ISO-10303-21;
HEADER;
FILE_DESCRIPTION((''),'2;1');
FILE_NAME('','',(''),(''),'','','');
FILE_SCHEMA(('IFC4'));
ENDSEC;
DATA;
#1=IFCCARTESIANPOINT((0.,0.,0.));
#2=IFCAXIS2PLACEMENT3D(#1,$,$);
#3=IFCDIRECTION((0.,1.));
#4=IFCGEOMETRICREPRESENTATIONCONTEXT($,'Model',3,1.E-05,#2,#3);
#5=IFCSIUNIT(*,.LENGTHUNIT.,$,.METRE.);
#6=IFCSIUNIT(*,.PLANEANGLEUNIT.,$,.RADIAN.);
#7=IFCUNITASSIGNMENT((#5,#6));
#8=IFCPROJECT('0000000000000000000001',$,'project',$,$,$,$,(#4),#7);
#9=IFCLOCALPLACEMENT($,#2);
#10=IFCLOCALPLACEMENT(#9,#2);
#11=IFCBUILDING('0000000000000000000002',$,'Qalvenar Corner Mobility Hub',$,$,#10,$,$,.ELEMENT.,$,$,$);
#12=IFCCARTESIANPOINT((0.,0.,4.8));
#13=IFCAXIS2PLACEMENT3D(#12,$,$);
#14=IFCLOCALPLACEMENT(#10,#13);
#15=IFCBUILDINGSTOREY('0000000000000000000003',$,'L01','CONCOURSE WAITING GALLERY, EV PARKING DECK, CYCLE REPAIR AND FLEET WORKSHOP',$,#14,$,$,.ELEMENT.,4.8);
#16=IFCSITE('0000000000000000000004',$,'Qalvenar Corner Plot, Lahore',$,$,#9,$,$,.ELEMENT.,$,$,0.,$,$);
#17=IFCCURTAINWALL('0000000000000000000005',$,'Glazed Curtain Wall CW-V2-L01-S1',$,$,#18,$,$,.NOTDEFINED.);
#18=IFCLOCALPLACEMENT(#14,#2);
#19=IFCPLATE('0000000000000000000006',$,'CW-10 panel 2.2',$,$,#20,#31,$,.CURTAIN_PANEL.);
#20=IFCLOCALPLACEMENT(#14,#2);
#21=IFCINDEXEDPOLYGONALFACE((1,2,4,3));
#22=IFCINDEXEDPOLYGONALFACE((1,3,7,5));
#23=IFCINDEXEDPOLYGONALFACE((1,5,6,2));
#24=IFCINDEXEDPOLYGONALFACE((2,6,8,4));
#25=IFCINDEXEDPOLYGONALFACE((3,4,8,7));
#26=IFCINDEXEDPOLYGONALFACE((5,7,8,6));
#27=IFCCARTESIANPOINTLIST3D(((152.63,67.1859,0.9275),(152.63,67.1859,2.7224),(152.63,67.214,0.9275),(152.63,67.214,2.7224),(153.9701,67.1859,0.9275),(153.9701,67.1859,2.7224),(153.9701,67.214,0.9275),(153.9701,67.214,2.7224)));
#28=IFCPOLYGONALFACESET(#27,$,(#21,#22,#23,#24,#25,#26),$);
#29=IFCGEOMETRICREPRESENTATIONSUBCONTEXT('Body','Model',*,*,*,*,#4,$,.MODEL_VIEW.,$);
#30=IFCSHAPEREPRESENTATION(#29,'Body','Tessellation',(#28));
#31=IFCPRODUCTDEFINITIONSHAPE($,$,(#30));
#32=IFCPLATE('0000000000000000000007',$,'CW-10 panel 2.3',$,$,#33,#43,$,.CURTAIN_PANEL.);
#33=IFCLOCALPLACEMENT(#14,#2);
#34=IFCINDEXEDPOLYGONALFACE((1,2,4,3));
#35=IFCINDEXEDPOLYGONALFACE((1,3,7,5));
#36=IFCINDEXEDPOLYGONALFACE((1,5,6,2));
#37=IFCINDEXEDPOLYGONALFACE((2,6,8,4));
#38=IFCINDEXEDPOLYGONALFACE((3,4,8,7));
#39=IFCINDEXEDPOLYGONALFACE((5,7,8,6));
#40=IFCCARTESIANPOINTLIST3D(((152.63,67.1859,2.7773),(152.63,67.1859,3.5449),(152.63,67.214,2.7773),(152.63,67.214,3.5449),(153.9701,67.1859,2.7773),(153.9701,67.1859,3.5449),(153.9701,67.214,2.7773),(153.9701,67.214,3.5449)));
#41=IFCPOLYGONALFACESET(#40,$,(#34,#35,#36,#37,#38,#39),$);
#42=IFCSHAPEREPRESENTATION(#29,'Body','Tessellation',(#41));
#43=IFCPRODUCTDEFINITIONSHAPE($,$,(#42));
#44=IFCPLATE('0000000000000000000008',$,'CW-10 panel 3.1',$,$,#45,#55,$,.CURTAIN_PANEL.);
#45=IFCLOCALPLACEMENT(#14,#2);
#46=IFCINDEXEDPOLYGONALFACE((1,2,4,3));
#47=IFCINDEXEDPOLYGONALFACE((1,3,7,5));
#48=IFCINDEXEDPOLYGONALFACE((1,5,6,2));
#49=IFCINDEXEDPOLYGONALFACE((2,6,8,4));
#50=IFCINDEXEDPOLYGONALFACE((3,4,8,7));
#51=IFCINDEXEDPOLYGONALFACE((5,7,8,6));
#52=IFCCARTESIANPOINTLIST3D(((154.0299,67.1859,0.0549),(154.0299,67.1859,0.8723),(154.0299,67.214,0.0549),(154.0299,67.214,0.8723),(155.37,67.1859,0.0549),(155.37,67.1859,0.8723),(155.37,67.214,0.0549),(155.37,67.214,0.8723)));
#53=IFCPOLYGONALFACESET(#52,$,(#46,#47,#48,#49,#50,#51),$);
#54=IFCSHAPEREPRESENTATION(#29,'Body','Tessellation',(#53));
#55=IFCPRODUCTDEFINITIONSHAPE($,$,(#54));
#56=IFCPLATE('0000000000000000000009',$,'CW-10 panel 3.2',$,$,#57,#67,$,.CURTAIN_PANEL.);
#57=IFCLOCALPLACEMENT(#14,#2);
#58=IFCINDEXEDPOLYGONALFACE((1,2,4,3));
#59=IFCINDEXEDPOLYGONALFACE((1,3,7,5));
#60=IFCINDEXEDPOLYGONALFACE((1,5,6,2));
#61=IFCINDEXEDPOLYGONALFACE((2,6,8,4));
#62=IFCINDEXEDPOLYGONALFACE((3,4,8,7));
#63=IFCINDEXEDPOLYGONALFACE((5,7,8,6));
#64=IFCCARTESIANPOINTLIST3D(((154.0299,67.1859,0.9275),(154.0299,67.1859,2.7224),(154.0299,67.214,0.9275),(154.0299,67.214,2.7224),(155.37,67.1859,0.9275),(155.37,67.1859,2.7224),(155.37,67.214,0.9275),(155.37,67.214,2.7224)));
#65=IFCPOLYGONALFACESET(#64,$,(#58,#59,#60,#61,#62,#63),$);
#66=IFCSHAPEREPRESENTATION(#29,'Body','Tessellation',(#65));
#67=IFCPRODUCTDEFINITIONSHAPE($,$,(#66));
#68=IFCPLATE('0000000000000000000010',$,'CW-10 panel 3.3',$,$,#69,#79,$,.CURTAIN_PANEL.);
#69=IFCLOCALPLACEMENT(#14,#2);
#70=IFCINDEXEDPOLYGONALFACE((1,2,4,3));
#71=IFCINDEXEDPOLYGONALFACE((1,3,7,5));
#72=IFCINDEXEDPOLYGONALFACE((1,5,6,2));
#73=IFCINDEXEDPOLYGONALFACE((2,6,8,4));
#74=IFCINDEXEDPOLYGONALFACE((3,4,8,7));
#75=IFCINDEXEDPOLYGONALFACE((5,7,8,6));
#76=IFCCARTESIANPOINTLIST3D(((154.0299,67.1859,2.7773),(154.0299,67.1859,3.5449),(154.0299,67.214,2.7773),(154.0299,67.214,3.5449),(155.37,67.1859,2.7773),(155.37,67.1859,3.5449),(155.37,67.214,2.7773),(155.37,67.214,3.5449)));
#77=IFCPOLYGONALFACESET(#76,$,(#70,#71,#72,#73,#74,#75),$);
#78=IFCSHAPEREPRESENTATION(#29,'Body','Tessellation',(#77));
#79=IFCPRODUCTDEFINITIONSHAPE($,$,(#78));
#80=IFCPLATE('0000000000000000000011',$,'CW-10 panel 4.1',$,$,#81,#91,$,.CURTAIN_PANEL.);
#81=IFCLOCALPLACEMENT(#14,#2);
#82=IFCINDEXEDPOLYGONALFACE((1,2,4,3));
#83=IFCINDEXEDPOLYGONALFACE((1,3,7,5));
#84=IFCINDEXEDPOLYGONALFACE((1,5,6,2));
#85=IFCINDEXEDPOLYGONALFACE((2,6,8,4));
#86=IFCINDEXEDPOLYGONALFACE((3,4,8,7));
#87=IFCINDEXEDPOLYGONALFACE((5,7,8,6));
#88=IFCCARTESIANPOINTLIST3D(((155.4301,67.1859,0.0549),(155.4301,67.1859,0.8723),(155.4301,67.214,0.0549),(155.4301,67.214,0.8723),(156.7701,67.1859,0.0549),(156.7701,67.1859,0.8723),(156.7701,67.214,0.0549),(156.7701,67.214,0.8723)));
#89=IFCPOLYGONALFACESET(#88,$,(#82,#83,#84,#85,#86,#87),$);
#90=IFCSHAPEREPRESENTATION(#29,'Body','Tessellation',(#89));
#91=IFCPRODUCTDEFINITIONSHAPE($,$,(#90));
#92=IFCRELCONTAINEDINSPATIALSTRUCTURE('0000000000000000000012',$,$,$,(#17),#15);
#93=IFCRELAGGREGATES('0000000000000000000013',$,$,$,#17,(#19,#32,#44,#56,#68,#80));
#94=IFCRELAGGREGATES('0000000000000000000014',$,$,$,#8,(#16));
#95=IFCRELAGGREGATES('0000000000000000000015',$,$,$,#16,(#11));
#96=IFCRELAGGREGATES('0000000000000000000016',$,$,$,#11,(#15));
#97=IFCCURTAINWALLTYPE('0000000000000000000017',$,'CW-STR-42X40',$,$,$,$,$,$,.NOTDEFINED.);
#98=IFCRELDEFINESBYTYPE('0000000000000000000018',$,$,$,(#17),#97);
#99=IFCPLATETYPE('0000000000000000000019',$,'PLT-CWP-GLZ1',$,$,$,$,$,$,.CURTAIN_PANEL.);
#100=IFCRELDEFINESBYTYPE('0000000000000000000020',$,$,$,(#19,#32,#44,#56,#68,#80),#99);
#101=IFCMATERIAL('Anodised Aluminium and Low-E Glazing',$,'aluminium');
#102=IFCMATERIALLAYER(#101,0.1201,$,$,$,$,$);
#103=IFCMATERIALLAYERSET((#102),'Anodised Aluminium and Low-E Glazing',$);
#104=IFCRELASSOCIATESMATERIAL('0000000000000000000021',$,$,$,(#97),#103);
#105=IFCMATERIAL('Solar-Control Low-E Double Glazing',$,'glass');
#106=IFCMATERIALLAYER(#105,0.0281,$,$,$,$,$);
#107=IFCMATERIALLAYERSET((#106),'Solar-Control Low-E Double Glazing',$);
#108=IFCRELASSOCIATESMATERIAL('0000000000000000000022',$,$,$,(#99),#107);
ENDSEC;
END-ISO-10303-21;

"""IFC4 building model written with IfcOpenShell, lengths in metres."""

from ifc_helpers import new_model, si_unit, direction, frame, origin, origin_2d, place, context, subcontext, project, spatial, rectangle, extrude, material, layer, layer_set, type_object, element, aggregate, save


model = new_model("IFC4")

# Units and contexts
model_context = context("Model", 3, precision=1e-05, world=origin(), true_north=direction((0.0, 1.0)))
body_context = subcontext(model_context, "Body", "Model", "MODEL_VIEW")
ifc_project = project(units=[si_unit("LENGTHUNIT", "METRE"), si_unit("PLANEANGLEUNIT", "RADIAN")], contexts=[model_context])

# Site, building, storey
site_placement = place(None, origin())
site = spatial("IfcSite", under=ifc_project, at=site_placement, Name="Qalvenar Corner Plot, Lahore", CompositionType="ELEMENT", RefElevation=0.0)
building_placement = place(site_placement, origin())
building = spatial("IfcBuilding", under=site, at=building_placement, Name="Qalvenar Corner Mobility Hub", CompositionType="ELEMENT")
storey_placement = place(building_placement, frame((0.0, 0.0, 4.8)))
storey = spatial("IfcBuildingStorey", under=building, at=storey_placement, Name="L01", Description="CONCOURSE WAITING GALLERY, EV PARKING DECK, CYCLE REPAIR AND FLEET WORKSHOP", CompositionType="ELEMENT", Elevation=4.8)

# Curtain wall, plates
ifc_material_1 = material(Name="Anodised Aluminium and Low-E Glazing", Category="aluminium")
ifc_layer_1 = layer(ifc_material_1, 0.1201)
ifc_layer_set_1 = layer_set([ifc_layer_1], Name="Anodised Aluminium and Low-E Glazing")
curtain_wall_type = type_object("IfcCurtainWallType", Name="CW-STR-42X40", PredefinedType="NOTDEFINED", material=ifc_layer_set_1)
curtain_wall_placement = place(storey_placement, origin())
curtain_wall = element("IfcCurtainWall", 1, at=curtain_wall_placement, inside=storey, type_object=curtain_wall_type, Name="Glazed Curtain Wall CW-V2-L01-S1", PredefinedType="NOTDEFINED")
ifc_material_2 = material(Name="Solar-Control Low-E Double Glazing", Category="glass")
ifc_layer_2 = layer(ifc_material_2, 0.0281)
ifc_layer_set_2 = layer_set([ifc_layer_2], Name="Solar-Control Low-E Double Glazing")
plate_type = type_object("IfcPlateType", Name="PLT-CWP-GLZ1", PredefinedType="CURTAIN_PANEL", material=ifc_layer_set_2)
plate_1_placement = place(storey_placement, frame((153.3, 67.2, 0.9275), z_axis=(0.0, 0.0, 1.0), x_axis=(1.0, 0.0, 0.0)))
plate_1 = element("IfcPlate", 2, at=plate_1_placement, type_object=plate_type, Name="CW-10 panel 2.2", PredefinedType="CURTAIN_PANEL", context=body_context, shape_type="SweptSolid", body=[
    extrude(rectangle(XDim=1.3401, YDim=0.0281, at=origin_2d()), origin(), (0.0, 0.0, 1.0), 1.7949),
])
plate_2_placement = place(storey_placement, frame((153.3, 67.2, 2.7773), z_axis=(0.0, 0.0, 1.0), x_axis=(1.0, 0.0, 0.0)))
plate_2 = element("IfcPlate", 3, at=plate_2_placement, type_object=plate_type, Name="CW-10 panel 2.3", PredefinedType="CURTAIN_PANEL", context=body_context, shape_type="SweptSolid", body=[
    extrude(rectangle(XDim=1.3401, YDim=0.0281, at=origin_2d()), origin(), (0.0, 0.0, 1.0), 0.7676),
])
plate_3_placement = place(storey_placement, frame((154.7, 67.2, 0.0549), z_axis=(0.0, 0.0, 1.0), x_axis=(1.0, 0.0, 0.0)))
plate_3 = element("IfcPlate", 4, at=plate_3_placement, type_object=plate_type, Name="CW-10 panel 3.1", PredefinedType="CURTAIN_PANEL", context=body_context, shape_type="SweptSolid", body=[
    extrude(rectangle(XDim=1.3401, YDim=0.0281, at=origin_2d()), origin(), (0.0, 0.0, 1.0), 0.8174),
])
plate_4_placement = place(storey_placement, frame((154.7, 67.2, 0.9275), z_axis=(0.0, 0.0, 1.0), x_axis=(1.0, 0.0, 0.0)))
plate_4 = element("IfcPlate", 5, at=plate_4_placement, type_object=plate_type, Name="CW-10 panel 3.2", PredefinedType="CURTAIN_PANEL", context=body_context, shape_type="SweptSolid", body=[
    extrude(rectangle(XDim=1.3401, YDim=0.0281, at=origin_2d()), origin(), (0.0, 0.0, 1.0), 1.7949),
])
plate_5_placement = place(storey_placement, frame((154.7, 67.2, 2.7773), z_axis=(0.0, 0.0, 1.0), x_axis=(1.0, 0.0, 0.0)))
plate_5 = element("IfcPlate", 6, at=plate_5_placement, type_object=plate_type, Name="CW-10 panel 3.3", PredefinedType="CURTAIN_PANEL", context=body_context, shape_type="SweptSolid", body=[
    extrude(rectangle(XDim=1.3401, YDim=0.0281, at=origin_2d()), origin(), (0.0, 0.0, 1.0), 0.7676),
])
plate_6_placement = place(storey_placement, frame((156.1001, 67.2, 0.0549), z_axis=(0.0, 0.0, 1.0), x_axis=(1.0, 0.0, 0.0)))
plate_6 = element("IfcPlate", 7, at=plate_6_placement, type_object=plate_type, Name="CW-10 panel 4.1", PredefinedType="CURTAIN_PANEL", context=body_context, shape_type="SweptSolid", body=[
    extrude(rectangle(XDim=1.3401, YDim=0.0281, at=origin_2d()), origin(), (0.0, 0.0, 1.0), 0.8174),
])
aggregate(curtain_wall, [plate_1, plate_2, plate_3, plate_4, plate_5, plate_6])

save(model, "model.ifc")
